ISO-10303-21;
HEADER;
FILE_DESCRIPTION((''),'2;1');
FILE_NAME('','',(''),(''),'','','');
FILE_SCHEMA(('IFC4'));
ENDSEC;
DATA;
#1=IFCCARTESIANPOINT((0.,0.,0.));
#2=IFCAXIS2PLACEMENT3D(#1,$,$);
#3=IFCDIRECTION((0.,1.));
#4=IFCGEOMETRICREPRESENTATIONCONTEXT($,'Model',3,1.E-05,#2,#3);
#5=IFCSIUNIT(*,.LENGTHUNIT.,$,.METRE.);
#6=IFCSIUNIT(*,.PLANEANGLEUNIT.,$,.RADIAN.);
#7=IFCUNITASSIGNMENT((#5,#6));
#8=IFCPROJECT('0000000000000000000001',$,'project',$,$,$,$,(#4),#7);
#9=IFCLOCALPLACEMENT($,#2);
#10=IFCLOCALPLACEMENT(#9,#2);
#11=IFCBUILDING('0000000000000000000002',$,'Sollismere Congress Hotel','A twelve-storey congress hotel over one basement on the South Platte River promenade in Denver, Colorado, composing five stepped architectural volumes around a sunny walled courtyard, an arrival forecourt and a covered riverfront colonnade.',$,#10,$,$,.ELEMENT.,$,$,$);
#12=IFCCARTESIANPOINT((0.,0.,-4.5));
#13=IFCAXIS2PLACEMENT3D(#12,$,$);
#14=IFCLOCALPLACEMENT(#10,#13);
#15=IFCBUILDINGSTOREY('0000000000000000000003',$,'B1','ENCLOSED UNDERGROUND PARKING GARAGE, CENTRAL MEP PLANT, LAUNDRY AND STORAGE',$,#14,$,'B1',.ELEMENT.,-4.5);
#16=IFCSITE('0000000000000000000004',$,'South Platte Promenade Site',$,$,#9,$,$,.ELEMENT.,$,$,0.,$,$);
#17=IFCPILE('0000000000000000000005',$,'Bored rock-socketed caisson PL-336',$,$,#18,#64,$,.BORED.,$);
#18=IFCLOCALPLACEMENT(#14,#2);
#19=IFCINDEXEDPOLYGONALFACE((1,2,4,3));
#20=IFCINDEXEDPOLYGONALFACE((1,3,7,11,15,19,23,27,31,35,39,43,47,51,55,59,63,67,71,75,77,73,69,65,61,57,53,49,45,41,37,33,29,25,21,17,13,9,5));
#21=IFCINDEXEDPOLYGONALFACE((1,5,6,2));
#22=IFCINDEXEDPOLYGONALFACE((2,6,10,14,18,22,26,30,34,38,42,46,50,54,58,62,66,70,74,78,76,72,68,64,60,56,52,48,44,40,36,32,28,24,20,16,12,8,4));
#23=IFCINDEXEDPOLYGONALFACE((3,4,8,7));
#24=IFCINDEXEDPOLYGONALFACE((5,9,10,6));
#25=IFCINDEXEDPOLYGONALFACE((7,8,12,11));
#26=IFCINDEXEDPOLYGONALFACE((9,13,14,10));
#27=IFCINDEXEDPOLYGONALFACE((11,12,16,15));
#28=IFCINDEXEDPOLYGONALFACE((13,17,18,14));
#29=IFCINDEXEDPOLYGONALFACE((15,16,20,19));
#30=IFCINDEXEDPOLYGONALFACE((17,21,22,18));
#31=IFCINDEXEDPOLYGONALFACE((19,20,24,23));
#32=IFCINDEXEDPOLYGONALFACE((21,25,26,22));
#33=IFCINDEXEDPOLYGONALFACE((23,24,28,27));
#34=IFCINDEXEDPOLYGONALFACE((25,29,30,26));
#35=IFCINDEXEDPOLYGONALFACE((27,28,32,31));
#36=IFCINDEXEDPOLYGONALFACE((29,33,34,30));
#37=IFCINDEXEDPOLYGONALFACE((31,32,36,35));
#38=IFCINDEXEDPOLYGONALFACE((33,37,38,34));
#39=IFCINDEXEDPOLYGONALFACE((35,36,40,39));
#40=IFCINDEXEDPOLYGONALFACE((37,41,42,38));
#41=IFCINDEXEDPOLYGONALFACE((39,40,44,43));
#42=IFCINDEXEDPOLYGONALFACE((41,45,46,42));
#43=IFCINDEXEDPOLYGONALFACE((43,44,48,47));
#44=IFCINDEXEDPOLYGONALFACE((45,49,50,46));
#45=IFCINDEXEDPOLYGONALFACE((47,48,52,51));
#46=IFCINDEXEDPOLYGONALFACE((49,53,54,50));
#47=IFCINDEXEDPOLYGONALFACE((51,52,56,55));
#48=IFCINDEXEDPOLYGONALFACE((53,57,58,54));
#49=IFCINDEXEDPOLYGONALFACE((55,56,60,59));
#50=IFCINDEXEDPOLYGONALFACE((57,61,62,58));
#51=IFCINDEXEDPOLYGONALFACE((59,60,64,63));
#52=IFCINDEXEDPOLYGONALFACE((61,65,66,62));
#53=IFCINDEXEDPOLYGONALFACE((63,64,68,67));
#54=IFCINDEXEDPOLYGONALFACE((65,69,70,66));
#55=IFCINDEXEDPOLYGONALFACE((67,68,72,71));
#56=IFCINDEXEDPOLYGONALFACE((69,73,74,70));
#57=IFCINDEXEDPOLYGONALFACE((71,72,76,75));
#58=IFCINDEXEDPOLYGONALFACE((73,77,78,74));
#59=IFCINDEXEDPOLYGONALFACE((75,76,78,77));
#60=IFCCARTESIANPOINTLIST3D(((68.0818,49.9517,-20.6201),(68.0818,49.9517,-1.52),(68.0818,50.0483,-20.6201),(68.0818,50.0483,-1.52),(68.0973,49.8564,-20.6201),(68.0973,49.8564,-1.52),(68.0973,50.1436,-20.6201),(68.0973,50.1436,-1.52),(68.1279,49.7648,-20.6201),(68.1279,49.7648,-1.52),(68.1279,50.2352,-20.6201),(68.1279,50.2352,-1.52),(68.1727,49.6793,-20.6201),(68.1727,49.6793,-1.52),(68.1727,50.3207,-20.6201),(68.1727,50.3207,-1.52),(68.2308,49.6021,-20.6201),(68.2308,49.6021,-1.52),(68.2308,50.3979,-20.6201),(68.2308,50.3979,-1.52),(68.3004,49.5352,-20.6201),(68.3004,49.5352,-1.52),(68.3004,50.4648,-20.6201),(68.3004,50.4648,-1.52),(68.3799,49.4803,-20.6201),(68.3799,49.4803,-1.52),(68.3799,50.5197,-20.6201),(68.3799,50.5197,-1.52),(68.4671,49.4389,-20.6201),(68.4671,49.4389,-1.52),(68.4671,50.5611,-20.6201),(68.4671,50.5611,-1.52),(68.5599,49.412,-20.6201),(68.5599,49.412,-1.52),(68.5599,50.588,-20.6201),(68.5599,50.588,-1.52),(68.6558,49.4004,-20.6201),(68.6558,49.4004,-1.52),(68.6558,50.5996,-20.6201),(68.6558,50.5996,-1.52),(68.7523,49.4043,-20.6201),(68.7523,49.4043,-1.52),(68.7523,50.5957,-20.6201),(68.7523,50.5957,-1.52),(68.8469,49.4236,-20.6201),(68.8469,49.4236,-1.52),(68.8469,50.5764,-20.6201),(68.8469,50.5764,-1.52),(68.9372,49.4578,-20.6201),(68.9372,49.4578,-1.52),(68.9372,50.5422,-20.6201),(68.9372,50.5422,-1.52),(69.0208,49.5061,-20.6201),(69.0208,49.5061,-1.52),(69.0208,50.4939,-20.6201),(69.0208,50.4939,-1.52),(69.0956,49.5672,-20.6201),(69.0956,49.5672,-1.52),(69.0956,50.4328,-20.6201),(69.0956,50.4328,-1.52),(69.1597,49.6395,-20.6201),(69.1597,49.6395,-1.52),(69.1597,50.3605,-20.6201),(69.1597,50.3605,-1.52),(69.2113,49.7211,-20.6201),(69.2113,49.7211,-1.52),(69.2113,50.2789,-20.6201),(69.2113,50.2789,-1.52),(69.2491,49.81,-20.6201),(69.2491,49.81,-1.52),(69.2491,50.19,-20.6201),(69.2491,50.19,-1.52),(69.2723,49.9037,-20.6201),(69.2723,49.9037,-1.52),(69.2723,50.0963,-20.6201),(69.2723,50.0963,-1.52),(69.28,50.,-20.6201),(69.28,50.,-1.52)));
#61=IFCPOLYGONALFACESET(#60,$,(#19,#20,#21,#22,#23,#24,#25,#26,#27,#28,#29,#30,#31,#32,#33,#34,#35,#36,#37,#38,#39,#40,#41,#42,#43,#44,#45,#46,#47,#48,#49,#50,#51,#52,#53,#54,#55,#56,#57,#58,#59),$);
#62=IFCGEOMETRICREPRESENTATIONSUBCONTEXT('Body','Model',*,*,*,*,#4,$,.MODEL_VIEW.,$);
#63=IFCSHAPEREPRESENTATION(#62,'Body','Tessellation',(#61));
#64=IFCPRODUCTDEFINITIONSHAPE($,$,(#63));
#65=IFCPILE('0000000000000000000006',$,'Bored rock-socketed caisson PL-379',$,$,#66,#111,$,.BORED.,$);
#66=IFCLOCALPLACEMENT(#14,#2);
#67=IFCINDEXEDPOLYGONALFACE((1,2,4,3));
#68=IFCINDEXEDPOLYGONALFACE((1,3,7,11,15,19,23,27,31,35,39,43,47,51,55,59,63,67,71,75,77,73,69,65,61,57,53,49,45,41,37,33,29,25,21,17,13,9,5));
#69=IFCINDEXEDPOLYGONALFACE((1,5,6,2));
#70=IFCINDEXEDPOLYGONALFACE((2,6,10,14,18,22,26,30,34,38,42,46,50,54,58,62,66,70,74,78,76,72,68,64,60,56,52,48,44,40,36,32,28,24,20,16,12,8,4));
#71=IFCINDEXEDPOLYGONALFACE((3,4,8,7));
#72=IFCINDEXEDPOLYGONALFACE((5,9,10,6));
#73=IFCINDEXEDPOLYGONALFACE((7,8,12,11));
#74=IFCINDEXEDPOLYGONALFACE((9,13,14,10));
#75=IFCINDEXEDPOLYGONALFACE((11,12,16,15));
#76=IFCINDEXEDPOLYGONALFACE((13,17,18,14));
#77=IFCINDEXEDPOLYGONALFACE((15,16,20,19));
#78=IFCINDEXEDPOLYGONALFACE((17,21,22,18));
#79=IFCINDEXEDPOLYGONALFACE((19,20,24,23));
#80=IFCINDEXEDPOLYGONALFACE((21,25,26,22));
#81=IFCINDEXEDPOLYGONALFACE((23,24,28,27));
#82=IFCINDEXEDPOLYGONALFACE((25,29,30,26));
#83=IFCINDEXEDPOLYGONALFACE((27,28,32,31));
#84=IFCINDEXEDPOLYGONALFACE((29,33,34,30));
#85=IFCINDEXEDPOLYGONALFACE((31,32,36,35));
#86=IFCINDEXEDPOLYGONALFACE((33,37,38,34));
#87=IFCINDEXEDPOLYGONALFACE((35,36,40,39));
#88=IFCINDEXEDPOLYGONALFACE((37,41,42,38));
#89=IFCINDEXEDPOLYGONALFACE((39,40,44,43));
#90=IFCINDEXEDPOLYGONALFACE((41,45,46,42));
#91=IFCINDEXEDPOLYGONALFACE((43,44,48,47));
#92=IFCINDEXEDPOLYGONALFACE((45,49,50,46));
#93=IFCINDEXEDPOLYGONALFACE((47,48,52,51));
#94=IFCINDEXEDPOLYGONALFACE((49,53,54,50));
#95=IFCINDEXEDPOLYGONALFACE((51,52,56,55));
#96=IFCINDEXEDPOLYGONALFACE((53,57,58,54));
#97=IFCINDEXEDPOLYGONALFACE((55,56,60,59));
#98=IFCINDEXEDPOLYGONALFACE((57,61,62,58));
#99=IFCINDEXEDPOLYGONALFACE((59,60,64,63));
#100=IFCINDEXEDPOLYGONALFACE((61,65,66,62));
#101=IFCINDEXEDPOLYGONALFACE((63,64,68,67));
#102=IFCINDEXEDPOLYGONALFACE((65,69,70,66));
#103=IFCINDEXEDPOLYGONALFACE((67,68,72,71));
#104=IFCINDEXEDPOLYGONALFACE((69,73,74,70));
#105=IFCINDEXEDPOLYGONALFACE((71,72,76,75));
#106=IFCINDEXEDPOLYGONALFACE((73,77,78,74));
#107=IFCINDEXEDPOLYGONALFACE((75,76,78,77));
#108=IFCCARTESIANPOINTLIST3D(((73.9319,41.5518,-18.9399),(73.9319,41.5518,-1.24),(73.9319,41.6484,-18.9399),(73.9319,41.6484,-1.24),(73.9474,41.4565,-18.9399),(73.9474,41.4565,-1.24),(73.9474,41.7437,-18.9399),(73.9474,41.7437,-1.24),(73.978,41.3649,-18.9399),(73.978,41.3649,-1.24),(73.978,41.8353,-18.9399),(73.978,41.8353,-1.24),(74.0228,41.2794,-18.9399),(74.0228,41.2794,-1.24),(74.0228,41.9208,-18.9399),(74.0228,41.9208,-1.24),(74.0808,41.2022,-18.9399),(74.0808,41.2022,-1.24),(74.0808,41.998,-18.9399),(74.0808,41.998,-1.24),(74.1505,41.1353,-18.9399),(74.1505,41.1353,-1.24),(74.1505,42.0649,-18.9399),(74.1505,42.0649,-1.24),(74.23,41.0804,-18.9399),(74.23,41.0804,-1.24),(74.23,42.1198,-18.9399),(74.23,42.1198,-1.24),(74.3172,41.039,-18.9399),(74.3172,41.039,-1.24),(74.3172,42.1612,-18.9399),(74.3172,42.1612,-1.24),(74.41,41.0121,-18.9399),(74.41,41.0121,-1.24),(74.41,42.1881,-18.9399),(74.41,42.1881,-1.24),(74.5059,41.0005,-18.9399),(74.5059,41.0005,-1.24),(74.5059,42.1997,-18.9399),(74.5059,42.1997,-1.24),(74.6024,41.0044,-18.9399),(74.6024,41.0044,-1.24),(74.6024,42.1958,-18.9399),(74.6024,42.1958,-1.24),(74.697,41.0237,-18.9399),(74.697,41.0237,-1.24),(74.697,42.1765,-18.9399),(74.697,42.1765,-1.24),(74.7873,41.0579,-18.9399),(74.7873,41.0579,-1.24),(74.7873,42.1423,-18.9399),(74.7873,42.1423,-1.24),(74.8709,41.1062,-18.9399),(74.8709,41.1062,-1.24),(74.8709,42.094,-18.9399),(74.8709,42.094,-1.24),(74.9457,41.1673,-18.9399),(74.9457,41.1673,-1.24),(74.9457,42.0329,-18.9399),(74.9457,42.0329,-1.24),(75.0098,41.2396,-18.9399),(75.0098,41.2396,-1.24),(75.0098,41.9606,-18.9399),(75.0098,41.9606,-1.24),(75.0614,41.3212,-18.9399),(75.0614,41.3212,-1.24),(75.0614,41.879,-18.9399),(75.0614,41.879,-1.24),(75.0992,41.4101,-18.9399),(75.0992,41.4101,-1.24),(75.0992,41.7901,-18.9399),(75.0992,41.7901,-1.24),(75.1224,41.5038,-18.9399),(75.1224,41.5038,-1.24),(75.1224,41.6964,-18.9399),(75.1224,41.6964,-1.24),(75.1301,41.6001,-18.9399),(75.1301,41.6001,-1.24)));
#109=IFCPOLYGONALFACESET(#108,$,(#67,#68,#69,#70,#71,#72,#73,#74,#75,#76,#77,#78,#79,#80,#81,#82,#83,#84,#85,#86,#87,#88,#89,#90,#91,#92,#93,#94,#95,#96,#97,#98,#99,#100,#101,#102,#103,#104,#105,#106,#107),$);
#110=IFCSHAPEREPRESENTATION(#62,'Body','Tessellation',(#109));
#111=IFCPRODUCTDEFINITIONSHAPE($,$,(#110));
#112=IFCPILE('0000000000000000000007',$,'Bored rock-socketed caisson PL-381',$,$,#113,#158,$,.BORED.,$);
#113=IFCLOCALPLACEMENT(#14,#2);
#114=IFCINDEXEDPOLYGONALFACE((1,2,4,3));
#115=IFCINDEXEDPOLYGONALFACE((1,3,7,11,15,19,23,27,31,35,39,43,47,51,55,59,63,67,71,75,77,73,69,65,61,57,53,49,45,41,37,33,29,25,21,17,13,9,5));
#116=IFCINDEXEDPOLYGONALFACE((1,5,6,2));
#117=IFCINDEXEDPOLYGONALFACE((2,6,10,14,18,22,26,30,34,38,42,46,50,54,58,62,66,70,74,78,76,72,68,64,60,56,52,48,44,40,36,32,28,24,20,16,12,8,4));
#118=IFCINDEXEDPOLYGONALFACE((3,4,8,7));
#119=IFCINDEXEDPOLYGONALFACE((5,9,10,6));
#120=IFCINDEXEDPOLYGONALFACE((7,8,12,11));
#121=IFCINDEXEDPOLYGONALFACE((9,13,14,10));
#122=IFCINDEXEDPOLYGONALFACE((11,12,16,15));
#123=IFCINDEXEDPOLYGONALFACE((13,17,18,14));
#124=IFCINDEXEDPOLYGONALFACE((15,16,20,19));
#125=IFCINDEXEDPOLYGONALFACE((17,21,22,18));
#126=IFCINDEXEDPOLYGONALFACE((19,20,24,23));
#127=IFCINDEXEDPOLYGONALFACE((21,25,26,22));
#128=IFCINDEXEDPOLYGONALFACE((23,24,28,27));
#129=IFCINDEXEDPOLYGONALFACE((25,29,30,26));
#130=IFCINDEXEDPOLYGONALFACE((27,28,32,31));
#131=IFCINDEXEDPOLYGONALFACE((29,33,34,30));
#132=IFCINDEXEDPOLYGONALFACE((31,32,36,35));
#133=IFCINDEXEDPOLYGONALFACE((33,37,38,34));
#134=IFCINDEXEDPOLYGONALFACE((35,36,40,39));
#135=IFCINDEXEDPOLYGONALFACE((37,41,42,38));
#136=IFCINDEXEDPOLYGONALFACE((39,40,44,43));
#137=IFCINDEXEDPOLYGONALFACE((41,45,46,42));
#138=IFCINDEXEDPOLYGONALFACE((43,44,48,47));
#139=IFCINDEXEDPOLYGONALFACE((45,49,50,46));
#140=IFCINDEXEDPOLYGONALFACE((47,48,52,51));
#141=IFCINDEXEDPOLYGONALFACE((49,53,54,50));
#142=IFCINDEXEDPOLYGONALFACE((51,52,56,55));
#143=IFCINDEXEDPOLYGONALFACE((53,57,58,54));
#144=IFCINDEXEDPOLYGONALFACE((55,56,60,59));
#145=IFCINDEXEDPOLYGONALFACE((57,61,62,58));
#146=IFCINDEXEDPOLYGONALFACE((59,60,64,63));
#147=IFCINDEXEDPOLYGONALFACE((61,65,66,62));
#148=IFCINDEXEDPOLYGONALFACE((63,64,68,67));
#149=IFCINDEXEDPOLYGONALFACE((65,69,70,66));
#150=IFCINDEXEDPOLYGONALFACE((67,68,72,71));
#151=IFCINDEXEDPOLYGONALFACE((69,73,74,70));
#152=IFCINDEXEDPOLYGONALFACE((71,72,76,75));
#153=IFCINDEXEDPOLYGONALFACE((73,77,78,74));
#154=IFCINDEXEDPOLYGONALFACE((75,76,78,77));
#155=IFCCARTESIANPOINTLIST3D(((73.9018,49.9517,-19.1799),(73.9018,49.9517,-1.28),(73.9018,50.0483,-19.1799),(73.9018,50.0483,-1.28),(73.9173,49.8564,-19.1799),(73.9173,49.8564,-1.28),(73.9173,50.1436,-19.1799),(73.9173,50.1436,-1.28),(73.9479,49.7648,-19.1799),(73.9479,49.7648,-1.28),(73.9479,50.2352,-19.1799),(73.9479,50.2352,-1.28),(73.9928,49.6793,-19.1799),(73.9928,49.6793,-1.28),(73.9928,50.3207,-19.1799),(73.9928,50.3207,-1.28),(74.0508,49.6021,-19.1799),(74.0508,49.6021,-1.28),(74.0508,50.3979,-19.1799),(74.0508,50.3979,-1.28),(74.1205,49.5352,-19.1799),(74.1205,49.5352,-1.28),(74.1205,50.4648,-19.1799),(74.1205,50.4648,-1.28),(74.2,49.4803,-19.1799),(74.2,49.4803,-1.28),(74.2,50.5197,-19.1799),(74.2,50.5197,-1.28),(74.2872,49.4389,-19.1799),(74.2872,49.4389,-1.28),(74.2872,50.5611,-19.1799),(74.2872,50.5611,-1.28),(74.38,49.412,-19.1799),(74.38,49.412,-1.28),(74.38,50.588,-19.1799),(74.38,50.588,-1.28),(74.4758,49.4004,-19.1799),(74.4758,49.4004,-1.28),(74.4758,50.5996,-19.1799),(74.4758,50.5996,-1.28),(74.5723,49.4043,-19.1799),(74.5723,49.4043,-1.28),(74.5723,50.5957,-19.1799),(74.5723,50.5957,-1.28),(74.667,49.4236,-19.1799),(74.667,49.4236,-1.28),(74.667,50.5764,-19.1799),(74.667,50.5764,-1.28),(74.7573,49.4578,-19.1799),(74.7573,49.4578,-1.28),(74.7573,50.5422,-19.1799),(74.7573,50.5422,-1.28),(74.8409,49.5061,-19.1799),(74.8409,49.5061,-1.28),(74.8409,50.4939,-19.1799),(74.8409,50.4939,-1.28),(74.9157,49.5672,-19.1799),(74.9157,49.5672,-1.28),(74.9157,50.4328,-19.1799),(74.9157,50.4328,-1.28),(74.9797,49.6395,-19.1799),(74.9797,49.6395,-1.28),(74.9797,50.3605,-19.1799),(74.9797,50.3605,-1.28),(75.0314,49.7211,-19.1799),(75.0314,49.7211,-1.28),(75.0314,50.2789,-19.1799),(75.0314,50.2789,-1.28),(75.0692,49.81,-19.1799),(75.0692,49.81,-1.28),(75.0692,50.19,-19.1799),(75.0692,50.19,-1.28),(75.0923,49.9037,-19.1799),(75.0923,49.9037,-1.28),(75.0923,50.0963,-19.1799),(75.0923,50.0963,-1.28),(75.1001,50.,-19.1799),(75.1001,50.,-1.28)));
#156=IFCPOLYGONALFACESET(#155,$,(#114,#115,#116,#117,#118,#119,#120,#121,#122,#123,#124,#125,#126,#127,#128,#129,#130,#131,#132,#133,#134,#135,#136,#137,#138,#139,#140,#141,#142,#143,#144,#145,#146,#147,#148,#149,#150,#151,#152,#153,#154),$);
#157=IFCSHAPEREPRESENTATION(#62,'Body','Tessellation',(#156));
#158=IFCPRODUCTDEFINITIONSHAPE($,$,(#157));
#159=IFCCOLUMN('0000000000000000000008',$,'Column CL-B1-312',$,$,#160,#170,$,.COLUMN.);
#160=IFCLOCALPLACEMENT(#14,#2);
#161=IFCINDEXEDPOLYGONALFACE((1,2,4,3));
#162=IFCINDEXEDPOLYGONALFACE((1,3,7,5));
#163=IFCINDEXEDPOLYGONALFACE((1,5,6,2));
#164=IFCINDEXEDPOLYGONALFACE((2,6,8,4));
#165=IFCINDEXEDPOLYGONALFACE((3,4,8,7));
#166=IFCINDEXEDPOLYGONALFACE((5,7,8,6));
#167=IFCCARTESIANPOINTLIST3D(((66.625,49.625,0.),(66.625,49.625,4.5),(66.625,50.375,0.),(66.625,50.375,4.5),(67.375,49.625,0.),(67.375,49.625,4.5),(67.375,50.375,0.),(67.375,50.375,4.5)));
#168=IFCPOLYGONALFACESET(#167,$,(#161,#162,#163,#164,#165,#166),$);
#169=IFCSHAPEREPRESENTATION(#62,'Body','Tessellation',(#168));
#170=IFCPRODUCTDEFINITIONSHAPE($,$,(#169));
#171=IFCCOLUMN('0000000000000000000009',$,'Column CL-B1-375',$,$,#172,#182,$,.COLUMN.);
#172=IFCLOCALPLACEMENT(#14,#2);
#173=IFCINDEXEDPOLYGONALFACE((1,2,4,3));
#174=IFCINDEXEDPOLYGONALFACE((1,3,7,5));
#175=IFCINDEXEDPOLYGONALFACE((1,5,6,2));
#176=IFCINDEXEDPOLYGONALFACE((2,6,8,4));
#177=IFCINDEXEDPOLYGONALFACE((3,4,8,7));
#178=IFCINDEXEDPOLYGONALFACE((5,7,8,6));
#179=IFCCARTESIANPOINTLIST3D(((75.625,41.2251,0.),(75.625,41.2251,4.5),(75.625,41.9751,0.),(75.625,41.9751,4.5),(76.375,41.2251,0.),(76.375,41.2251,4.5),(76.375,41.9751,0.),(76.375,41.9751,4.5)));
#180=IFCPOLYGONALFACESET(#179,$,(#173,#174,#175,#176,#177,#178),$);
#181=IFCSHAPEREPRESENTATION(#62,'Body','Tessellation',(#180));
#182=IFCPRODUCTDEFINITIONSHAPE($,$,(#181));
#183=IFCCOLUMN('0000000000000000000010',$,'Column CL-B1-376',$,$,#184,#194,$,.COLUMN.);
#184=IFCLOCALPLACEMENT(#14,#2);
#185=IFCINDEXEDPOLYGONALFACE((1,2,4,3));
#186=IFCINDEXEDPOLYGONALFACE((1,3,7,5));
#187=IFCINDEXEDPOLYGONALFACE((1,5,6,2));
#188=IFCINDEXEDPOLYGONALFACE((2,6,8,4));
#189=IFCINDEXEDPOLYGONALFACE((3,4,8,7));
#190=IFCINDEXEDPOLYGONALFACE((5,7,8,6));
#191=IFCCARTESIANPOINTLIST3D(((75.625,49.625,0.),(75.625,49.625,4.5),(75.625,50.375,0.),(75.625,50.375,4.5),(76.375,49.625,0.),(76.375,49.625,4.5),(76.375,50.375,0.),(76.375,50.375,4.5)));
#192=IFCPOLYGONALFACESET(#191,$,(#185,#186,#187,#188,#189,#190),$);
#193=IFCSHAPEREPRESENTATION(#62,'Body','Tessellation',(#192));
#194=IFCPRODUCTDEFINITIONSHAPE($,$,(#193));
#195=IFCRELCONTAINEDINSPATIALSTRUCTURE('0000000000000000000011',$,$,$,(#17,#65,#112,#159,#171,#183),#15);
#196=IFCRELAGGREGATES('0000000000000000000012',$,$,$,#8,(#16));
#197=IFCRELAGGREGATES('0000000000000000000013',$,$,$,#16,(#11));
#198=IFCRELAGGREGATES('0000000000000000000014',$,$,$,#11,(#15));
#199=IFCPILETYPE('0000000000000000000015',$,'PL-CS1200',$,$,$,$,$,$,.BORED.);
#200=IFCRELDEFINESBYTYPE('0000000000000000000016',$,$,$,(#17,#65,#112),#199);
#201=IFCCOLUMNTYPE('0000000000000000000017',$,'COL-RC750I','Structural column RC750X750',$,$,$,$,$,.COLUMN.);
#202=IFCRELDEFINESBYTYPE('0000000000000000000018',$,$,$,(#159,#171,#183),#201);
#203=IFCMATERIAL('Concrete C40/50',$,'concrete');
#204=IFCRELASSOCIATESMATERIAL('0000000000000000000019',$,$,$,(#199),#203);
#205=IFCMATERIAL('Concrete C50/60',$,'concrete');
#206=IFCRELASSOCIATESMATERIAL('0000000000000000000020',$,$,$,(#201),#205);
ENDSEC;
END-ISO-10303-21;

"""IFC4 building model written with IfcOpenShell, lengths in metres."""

from ifc_helpers import new_model, si_unit, direction, frame, origin, origin_2d, place, context, subcontext, project, spatial, rectangle, circle, extrude, material, material_profile, profile_set, type_object, element, save


model = new_model("IFC4")

# Units and contexts
model_context = context("Model", 3, precision=1e-05, world=origin(), true_north=direction((0.0, 1.0)))
body_context = subcontext(model_context, "Body", "Model", "MODEL_VIEW")
ifc_project = project(units=[si_unit("LENGTHUNIT", "METRE"), si_unit("PLANEANGLEUNIT", "RADIAN")], contexts=[model_context])

# Site, building, storey
site_placement = place(None, origin())
site = spatial("IfcSite", under=ifc_project, at=site_placement, Name="South Platte Promenade Site", CompositionType="ELEMENT", RefElevation=0.0)
building_placement = place(site_placement, origin())
building = spatial("IfcBuilding", under=site, at=building_placement, Name="Sollismere Congress Hotel", Description="A twelve-storey congress hotel over one basement on the South Platte River promenade in Denver, Colorado, composing five stepped architectural volumes around a sunny walled courtyard, an arrival forecourt and a covered riverfront colonnade.", CompositionType="ELEMENT")
storey_placement = place(building_placement, frame((0.0, 0.0, -4.5)))
storey = spatial("IfcBuildingStorey", under=building, at=storey_placement, Name="B1", Description="ENCLOSED UNDERGROUND PARKING GARAGE, CENTRAL MEP PLANT, LAUNDRY AND STORAGE", LongName="B1", CompositionType="ELEMENT", Elevation=-4.5)

# Shared definitions
ifc_material_1 = material(Name="Concrete C40/50", Category="concrete")

# Piles
ifc_material_profile_1 = material_profile(ifc_material_1, circle(Radius=0.6001, at=origin_2d()), Name="CAISSON1200")
ifc_profile_set_1 = profile_set([ifc_material_profile_1], Name="Concrete C40/50")
pile_type = type_object("IfcPileType", Name="PL-CS1200", PredefinedType="BORED", material=ifc_profile_set_1)
pile_1_placement = place(storey_placement, frame((68.6799, 50.0, -1.52), z_axis=(0.0, 0.0, -1.0), x_axis=(1.0, 0.0, 0.0)))
element("IfcPile", 1, at=pile_1_placement, inside=storey, type_object=pile_type, Name="Bored rock-socketed caisson PL-336", PredefinedType="BORED", context=body_context, shape_type="SweptSolid", body=[
    extrude(circle(Radius=0.6001, at=origin_2d()), origin(), (0.0, 0.0, 1.0), 19.1001),
])
pile_2_placement = place(storey_placement, frame((74.53, 41.6001, -1.24), z_axis=(0.0, 0.0, -1.0), x_axis=(1.0, 0.0, 0.0)))
element("IfcPile", 2, at=pile_2_placement, inside=storey, type_object=pile_type, Name="Bored rock-socketed caisson PL-379", PredefinedType="BORED", context=body_context, shape_type="SweptSolid", body=[
    extrude(circle(Radius=0.6001, at=origin_2d()), origin(), (0.0, 0.0, 1.0), 17.7),
])
pile_3_placement = place(storey_placement, frame((74.5, 50.0, -1.28), z_axis=(0.0, 0.0, -1.0), x_axis=(1.0, 0.0, 0.0)))
element("IfcPile", 3, at=pile_3_placement, inside=storey, type_object=pile_type, Name="Bored rock-socketed caisson PL-381", PredefinedType="BORED", context=body_context, shape_type="SweptSolid", body=[
    extrude(circle(Radius=0.6001, at=origin_2d()), origin(), (0.0, 0.0, 1.0), 17.8999),
])

# Columns
ifc_material_2 = material(Name="Concrete C50/60", Category="concrete")
ifc_material_profile_2 = material_profile(ifc_material_2, rectangle(XDim=0.75, YDim=0.75, at=origin_2d()), Name="RC750X750")
ifc_profile_set_2 = profile_set([ifc_material_profile_2], Name="Concrete C50/60")
column_type = type_object("IfcColumnType", Name="COL-RC750I", Description="Structural column RC750X750", PredefinedType="COLUMN", material=ifc_profile_set_2)
for number, where, z_axis, x_axis, name in (
    (4, (67.0, 50.0, 0.0), (0.0, 0.0, 1.0), (1.0, 0.0, 0.0), "Column CL-B1-312"),
    (5, (76.0, 41.6001, 0.0), (0.0, 0.0, 1.0), (1.0, 0.0, 0.0), "Column CL-B1-375"),
    (6, (76.0, 50.0, 0.0), (0.0, 0.0, 1.0), (1.0, 0.0, 0.0), "Column CL-B1-376"),
):
    element("IfcColumn", number, at=place(storey_placement, frame(where, z_axis=z_axis, x_axis=x_axis)), inside=storey, type_object=column_type, Name=name, PredefinedType="COLUMN", context=body_context, shape_type="SweptSolid", body=[
        extrude(rectangle(XDim=0.75, YDim=0.75, at=origin_2d()), origin(), (0.0, 0.0, 1.0), 4.5),
    ])

save(model, "model.ifc")
